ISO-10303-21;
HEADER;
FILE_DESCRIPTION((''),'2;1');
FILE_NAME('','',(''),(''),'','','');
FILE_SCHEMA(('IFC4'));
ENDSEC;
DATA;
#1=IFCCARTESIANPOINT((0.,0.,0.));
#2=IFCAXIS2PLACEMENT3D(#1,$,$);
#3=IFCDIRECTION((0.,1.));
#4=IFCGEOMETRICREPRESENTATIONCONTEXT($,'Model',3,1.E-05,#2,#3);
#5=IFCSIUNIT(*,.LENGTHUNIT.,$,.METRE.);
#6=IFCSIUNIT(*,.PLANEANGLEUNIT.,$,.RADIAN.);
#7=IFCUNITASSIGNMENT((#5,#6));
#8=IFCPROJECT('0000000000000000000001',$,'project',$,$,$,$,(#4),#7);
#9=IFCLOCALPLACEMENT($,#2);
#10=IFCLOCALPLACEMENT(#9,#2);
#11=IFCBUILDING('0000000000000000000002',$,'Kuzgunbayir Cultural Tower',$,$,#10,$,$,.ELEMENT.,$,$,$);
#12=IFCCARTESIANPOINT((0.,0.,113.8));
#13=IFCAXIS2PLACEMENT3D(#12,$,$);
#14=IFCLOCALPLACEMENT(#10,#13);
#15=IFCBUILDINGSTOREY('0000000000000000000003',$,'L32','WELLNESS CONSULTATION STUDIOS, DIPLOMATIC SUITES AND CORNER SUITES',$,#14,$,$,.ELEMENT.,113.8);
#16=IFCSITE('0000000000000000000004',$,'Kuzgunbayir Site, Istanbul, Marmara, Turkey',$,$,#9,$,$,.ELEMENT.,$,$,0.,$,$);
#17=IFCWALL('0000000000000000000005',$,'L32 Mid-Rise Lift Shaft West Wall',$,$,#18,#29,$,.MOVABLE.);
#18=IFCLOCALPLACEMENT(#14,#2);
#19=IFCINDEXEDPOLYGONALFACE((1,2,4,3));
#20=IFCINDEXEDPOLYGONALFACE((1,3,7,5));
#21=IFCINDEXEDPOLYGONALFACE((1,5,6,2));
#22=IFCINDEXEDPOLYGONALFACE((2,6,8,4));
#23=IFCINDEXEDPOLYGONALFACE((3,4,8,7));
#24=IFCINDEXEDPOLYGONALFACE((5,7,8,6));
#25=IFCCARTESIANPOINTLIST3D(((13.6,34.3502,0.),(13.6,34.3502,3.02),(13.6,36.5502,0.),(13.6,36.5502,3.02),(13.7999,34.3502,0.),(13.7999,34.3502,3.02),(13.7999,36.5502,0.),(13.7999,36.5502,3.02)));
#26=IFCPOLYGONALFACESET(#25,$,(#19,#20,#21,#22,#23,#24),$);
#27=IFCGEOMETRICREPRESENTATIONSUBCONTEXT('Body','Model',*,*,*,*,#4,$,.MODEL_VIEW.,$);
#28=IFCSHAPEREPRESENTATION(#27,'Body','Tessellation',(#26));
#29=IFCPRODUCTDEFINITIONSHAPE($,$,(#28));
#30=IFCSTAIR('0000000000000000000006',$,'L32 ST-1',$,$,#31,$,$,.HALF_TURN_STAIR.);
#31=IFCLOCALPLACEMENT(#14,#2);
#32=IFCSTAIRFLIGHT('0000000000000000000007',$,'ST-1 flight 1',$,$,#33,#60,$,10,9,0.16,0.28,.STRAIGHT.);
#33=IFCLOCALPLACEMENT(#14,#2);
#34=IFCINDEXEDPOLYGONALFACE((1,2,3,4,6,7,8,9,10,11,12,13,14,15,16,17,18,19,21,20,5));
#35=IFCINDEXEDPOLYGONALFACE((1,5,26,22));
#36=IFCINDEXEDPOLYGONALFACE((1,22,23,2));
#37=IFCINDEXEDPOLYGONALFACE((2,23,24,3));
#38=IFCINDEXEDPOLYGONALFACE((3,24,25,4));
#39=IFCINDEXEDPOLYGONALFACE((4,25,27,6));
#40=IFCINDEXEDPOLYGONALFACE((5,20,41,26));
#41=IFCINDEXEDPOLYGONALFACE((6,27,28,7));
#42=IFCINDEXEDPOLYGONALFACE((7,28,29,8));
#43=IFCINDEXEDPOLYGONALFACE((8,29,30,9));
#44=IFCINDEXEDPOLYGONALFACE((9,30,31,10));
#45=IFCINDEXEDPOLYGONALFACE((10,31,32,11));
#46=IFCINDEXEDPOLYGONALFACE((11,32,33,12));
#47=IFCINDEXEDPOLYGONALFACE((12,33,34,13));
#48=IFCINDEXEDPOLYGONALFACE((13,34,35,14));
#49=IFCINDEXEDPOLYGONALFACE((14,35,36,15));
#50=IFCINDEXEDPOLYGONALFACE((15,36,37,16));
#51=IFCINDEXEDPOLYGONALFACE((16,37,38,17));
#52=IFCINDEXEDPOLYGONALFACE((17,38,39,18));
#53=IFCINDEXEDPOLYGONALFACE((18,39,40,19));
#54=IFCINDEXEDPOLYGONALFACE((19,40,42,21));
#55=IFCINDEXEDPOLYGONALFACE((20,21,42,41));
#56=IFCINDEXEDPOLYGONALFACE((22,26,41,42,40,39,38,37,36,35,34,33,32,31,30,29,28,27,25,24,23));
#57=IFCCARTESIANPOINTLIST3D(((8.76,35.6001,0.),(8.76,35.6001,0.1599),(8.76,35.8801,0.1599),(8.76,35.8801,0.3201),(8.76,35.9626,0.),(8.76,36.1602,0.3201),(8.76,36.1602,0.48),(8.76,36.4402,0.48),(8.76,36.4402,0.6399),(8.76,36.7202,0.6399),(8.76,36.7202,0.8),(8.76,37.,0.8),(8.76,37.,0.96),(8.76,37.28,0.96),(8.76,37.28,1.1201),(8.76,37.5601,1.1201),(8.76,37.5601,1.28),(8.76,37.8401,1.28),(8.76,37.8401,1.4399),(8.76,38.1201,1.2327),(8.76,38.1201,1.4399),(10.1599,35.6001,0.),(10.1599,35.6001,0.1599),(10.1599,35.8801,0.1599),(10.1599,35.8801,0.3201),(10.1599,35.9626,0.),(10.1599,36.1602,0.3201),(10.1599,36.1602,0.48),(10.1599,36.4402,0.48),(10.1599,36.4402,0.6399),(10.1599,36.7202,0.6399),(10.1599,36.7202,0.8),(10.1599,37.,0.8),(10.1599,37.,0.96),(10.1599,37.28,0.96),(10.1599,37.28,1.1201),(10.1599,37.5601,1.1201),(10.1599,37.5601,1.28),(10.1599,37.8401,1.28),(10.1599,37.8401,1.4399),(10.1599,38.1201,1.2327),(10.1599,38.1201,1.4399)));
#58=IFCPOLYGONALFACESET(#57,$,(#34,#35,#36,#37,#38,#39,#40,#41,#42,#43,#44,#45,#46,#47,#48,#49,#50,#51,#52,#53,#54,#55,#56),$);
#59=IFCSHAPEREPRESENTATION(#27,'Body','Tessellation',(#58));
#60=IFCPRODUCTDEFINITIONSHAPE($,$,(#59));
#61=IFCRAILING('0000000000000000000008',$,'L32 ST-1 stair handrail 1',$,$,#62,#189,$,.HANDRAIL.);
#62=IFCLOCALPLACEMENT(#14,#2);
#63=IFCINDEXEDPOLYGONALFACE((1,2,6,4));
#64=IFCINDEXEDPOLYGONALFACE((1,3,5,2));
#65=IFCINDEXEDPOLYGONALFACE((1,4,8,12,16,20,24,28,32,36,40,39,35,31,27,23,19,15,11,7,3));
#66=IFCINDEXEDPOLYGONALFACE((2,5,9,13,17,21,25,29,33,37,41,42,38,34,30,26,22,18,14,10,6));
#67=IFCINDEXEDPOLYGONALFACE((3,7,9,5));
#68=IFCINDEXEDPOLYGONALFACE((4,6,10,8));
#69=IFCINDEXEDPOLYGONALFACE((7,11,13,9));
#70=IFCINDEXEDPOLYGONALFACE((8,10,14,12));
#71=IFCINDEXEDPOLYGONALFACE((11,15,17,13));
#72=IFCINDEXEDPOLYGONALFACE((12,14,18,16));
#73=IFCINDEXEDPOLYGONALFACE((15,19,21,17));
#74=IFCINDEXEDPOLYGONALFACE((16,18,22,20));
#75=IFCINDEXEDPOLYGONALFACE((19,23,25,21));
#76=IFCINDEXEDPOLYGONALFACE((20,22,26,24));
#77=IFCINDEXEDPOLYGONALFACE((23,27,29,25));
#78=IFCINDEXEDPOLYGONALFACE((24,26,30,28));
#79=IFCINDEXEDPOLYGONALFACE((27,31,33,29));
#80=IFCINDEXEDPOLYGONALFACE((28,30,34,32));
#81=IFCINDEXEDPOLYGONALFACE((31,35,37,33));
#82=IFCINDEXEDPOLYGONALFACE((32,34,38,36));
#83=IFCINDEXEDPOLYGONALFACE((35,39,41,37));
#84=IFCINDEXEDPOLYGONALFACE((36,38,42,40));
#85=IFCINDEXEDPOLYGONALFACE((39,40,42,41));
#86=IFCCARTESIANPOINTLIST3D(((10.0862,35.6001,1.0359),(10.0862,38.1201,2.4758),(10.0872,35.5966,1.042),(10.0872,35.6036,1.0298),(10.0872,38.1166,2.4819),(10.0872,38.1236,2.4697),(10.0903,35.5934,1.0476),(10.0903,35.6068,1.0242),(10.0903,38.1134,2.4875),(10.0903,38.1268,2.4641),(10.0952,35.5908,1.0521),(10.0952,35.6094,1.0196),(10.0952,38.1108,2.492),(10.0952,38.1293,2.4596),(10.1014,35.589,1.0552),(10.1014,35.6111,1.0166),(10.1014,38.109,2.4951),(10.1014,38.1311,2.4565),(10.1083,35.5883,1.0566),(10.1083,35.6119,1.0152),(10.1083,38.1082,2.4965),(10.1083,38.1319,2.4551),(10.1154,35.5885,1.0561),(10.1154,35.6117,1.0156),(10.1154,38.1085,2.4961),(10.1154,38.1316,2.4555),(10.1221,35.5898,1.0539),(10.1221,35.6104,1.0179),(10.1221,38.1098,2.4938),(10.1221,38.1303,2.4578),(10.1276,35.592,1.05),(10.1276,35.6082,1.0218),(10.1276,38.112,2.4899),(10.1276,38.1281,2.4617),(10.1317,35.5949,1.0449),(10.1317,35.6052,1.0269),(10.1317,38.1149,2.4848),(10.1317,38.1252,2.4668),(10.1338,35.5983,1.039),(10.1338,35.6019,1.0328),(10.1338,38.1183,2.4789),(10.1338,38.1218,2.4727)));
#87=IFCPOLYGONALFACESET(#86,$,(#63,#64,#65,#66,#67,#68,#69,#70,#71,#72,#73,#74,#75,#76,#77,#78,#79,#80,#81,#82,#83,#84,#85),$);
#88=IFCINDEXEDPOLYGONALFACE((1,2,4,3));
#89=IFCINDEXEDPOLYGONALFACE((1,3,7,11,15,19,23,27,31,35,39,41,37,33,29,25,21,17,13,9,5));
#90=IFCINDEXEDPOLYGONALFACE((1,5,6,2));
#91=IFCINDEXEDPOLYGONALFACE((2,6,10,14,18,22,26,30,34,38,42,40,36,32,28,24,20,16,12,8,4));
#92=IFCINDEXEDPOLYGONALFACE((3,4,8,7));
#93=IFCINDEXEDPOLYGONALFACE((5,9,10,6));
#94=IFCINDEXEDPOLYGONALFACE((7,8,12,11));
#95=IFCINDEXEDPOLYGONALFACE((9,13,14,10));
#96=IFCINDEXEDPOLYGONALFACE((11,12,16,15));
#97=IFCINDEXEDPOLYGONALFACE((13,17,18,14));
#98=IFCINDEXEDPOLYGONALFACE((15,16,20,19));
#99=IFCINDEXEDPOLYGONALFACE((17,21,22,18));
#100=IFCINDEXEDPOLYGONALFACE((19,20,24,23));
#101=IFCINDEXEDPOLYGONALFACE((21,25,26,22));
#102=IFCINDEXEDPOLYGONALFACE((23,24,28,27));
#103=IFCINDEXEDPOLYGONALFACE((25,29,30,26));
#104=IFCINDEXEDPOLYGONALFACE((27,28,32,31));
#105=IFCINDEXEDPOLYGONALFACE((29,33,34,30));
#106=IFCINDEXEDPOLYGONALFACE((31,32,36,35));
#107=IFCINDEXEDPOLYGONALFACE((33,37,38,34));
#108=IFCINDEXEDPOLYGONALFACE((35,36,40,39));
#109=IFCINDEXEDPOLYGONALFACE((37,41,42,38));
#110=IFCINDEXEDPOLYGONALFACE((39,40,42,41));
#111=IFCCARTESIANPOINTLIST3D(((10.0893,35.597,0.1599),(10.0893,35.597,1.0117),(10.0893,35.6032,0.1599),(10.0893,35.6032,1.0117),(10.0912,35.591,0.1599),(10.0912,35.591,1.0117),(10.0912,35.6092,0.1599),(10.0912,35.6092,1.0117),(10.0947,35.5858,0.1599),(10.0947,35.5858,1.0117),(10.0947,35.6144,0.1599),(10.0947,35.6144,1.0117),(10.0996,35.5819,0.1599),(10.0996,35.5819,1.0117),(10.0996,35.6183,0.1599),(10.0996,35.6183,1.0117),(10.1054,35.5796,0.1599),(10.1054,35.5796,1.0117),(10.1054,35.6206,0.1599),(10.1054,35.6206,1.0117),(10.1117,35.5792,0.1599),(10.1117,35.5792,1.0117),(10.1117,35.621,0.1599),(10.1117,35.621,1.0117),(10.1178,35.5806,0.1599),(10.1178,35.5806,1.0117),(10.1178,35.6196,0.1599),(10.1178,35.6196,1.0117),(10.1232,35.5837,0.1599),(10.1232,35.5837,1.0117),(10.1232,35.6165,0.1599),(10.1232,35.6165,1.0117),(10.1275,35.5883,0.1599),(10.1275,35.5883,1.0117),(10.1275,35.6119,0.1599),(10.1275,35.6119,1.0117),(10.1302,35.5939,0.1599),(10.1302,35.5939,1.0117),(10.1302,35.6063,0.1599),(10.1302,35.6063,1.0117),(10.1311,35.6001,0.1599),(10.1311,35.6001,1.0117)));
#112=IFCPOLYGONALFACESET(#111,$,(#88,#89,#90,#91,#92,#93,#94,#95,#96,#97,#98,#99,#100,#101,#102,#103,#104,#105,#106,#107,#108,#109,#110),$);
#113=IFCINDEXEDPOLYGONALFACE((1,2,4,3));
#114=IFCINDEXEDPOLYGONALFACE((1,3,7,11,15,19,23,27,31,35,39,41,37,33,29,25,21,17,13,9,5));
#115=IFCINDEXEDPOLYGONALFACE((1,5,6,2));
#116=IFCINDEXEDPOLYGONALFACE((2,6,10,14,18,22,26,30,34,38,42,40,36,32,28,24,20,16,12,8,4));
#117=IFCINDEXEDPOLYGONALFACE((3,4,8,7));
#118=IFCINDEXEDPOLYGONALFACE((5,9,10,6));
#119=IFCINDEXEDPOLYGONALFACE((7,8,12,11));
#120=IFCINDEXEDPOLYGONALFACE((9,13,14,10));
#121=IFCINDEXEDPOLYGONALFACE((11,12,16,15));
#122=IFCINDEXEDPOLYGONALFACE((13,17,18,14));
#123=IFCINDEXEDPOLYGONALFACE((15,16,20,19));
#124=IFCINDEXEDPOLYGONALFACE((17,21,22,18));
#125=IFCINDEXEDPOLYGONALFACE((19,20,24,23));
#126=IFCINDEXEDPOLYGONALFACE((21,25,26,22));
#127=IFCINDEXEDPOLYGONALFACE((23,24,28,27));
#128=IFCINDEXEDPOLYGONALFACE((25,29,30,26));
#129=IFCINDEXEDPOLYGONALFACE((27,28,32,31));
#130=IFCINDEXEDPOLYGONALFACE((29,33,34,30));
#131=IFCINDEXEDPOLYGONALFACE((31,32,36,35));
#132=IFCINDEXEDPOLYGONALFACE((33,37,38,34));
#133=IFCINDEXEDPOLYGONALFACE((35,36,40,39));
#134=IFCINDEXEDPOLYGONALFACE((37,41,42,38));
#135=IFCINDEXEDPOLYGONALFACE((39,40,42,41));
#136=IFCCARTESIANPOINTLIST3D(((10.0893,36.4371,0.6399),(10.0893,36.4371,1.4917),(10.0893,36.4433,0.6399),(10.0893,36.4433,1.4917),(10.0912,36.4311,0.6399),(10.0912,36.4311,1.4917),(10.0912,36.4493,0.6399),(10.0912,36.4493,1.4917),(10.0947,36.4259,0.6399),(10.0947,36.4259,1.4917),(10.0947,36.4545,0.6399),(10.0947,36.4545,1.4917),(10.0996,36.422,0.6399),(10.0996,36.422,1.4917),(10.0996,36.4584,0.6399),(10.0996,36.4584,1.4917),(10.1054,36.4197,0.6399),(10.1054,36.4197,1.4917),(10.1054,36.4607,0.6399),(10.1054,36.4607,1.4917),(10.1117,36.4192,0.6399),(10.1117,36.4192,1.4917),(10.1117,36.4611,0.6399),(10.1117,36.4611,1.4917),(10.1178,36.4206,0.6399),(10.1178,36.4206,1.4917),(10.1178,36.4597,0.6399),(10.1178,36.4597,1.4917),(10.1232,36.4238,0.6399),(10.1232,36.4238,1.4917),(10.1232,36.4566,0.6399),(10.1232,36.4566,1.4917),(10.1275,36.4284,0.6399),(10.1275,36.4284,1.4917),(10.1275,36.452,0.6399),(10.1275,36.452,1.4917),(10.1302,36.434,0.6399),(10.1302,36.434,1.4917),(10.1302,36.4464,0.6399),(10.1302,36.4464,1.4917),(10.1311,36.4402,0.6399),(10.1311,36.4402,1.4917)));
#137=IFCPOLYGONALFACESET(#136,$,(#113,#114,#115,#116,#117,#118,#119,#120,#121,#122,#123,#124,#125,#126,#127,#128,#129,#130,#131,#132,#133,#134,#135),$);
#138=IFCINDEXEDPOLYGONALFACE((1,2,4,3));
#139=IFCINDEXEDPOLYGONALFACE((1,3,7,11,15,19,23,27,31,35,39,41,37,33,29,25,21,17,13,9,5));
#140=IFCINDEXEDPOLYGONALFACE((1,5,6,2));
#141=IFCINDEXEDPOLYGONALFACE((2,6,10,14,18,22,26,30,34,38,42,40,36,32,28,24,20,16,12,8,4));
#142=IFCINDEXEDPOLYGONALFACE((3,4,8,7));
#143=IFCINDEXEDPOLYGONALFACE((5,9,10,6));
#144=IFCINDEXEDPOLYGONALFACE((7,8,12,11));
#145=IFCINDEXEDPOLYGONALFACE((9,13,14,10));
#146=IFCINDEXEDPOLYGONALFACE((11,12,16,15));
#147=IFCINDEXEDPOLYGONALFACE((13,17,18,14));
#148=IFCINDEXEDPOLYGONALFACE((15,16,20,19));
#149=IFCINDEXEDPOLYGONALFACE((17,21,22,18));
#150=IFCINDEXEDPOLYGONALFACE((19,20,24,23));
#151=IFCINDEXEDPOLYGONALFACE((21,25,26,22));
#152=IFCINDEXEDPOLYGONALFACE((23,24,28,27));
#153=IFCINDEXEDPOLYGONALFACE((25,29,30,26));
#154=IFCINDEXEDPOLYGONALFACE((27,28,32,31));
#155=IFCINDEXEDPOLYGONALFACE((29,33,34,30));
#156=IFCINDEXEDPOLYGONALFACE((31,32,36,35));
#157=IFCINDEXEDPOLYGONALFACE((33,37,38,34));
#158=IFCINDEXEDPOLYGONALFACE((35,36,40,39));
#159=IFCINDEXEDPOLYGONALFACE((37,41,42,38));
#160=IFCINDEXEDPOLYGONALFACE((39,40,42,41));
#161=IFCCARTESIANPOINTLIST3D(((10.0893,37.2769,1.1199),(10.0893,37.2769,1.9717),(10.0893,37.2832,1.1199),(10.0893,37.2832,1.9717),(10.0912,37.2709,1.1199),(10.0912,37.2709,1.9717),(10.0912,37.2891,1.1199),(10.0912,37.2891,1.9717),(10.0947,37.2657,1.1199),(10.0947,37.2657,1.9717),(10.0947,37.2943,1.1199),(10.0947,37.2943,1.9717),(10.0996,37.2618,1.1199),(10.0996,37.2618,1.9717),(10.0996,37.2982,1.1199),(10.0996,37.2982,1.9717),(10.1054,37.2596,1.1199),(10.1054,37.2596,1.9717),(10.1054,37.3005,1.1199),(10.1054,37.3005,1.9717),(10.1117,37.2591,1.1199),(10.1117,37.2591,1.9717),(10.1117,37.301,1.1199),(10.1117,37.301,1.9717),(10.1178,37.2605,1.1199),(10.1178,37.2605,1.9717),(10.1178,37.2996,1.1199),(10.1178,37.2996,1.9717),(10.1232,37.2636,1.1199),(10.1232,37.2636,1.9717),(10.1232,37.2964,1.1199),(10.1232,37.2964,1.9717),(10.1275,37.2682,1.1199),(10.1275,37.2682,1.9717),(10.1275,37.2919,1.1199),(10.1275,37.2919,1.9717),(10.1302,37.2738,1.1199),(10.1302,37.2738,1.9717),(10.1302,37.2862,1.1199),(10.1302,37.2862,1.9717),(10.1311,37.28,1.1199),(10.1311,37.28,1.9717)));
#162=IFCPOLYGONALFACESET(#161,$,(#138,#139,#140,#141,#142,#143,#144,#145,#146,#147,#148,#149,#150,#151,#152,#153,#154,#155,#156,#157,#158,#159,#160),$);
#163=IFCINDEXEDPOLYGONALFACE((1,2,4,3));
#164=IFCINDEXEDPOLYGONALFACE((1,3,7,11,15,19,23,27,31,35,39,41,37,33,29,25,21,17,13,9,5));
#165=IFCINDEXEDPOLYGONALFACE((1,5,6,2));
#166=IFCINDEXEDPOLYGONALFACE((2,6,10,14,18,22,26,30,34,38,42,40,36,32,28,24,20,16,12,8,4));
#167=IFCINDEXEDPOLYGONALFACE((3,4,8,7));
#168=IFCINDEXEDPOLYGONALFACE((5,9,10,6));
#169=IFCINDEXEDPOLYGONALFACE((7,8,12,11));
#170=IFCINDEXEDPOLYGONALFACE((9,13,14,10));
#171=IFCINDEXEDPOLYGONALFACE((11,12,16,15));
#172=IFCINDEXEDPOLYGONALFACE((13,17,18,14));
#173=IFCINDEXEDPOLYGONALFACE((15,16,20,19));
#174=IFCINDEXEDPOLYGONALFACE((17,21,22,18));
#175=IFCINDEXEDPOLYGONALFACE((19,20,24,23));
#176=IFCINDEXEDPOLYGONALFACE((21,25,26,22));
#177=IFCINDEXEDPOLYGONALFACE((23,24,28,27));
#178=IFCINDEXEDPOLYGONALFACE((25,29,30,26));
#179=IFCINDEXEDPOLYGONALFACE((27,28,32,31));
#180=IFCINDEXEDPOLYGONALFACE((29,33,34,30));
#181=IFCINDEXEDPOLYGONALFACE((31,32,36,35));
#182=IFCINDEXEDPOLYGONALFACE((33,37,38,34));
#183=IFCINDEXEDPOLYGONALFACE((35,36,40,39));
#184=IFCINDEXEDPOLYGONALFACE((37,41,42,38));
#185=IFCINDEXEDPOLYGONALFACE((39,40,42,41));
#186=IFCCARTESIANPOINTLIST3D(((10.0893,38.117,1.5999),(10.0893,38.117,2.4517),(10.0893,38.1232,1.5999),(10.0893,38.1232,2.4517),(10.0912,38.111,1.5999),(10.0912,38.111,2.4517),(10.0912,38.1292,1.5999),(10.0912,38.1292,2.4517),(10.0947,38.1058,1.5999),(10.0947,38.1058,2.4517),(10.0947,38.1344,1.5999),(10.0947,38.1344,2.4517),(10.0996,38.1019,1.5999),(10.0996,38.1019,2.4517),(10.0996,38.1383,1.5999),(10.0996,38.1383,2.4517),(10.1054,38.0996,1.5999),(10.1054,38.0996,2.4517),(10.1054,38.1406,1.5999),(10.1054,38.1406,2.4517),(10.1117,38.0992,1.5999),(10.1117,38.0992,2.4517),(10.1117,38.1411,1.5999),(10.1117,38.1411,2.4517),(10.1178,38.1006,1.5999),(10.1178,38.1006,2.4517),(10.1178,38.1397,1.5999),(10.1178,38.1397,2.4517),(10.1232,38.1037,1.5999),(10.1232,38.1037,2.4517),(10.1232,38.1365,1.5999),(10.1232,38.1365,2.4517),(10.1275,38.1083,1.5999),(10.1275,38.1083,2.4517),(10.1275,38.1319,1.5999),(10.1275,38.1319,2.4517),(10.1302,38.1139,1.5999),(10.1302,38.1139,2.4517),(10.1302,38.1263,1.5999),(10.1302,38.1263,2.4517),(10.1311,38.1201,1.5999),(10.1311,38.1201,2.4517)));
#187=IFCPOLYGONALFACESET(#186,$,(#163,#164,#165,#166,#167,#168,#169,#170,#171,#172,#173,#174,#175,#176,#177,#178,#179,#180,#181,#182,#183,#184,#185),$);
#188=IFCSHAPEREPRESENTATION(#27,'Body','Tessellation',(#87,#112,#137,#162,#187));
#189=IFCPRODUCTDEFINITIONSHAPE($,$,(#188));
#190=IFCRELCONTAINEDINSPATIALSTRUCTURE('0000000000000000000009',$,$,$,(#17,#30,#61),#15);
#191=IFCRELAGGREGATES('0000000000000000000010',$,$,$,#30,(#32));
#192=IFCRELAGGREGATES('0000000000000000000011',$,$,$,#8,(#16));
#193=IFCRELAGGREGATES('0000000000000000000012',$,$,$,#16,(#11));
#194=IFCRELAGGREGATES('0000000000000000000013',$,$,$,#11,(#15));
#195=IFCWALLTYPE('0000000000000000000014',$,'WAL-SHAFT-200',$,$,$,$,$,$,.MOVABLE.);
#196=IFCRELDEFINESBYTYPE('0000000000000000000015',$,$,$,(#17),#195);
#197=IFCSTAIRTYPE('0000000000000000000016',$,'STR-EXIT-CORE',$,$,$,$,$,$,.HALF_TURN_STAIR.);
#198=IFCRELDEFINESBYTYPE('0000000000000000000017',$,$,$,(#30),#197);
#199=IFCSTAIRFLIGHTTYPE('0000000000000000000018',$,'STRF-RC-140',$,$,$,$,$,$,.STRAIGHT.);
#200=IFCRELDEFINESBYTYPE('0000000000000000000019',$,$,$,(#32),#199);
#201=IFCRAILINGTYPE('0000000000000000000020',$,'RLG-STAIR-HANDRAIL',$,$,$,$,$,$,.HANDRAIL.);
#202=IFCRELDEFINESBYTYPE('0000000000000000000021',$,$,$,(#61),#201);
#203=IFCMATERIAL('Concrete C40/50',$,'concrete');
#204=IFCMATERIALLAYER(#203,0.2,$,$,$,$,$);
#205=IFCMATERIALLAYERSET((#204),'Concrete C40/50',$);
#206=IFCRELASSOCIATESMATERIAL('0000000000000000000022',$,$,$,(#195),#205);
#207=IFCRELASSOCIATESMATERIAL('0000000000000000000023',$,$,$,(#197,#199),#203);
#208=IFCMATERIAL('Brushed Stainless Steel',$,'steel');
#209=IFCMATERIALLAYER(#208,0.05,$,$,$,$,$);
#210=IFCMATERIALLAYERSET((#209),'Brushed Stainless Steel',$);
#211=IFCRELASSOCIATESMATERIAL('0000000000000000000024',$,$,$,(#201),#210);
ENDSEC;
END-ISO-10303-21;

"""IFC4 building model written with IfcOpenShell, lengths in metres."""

from ifc_helpers import new_model, si_unit, direction, frame, frame_2d, origin, origin_2d, place, context, subcontext, project, spatial, polyline, rectangle, circle, outline, extrude, material, layer, layer_set, type_object, element, aggregate, save


model = new_model("IFC4")

# Units and contexts
model_context = context("Model", 3, precision=1e-05, world=origin(), true_north=direction((0.0, 1.0)))
body_context = subcontext(model_context, "Body", "Model", "MODEL_VIEW")
ifc_project = project(units=[si_unit("LENGTHUNIT", "METRE"), si_unit("PLANEANGLEUNIT", "RADIAN")], contexts=[model_context])

# Site, building, storey
site_placement = place(None, origin())
site = spatial("IfcSite", under=ifc_project, at=site_placement, Name="Kuzgunbayir Site, Istanbul, Marmara, Turkey", CompositionType="ELEMENT", RefElevation=0.0)
building_placement = place(site_placement, origin())
building = spatial("IfcBuilding", under=site, at=building_placement, Name="Kuzgunbayir Cultural Tower", CompositionType="ELEMENT")
storey_placement = place(building_placement, frame((0.0, 0.0, 113.8)))
storey = spatial("IfcBuildingStorey", under=building, at=storey_placement, Name="L32", Description="WELLNESS CONSULTATION STUDIOS, DIPLOMATIC SUITES AND CORNER SUITES", CompositionType="ELEMENT", Elevation=113.8)

# Shared definitions
ifc_material_1 = material(Name="Concrete C40/50", Category="concrete")
ifc_layer_1 = layer(ifc_material_1, 0.2)
ifc_layer_set_1 = layer_set([ifc_layer_1], Name="Concrete C40/50")
wall_type_1 = type_object("IfcWallType", Name="WAL-SHAFT-200", PredefinedType="MOVABLE", material=ifc_layer_set_1)
ifc_material_2 = material(Name="Brushed Stainless Steel", Category="steel")

# Wall
wall_1_placement = place(storey_placement, frame((13.7, 34.3501, 0.0), z_axis=(0.0, 0.0, 1.0), x_axis=(0.0, 1.0, 0.0)))
element("IfcWall", 1, at=wall_1_placement, inside=storey, type_object=wall_type_1, Name="L32 Mid-Rise Lift Shaft West Wall", PredefinedType="MOVABLE", context=body_context, shape_type="SweptSolid", body=[
    extrude(rectangle(XDim=2.2, YDim=0.2, at=frame_2d((1.1001, 0.0))), origin(), (0.0, 0.0, 1.0), 3.02),
])

# Stair, stair flight
stair_type = type_object("IfcStairType", Name="STR-EXIT-CORE", PredefinedType="HALF_TURN_STAIR", material=ifc_material_1)
stair_placement = place(storey_placement, origin())
stair = element("IfcStair", 2, at=stair_placement, inside=storey, type_object=stair_type, Name="L32 ST-1", PredefinedType="HALF_TURN_STAIR")
stair_flight_type = type_object("IfcStairFlightType", Name="STRF-RC-140", PredefinedType="STRAIGHT", material=ifc_material_1)
stair_flight_placement = place(storey_placement, frame((9.46, 35.6001, 0.0), z_axis=(0.0, 0.0, 1.0), x_axis=(0.0, 1.0, 0.0)))
stair_flight = element("IfcStairFlight", 3, at=stair_flight_placement, type_object=stair_flight_type, Name="ST-1 flight 1", NumberOfRisers=10, NumberOfTreads=9, PredefinedType="STRAIGHT", RiserHeight=0.16, TreadLength=0.28, context=body_context, shape_type="SweptSolid", body=[
    extrude(outline(polyline([(0.0, 0.0), (0.0, 0.1599), (0.28, 0.1599), (0.28, 0.3201), (0.5601, 0.3201), (0.5601, 0.48), (0.8401, 0.48), (0.8401, 0.6399), (1.1201, 0.6399), (1.1201, 0.8), (1.3999, 0.8), (1.3999, 0.96), (1.6799, 0.96), (1.6799, 1.1201), (1.96, 1.1201), (1.96, 1.28), (2.24, 1.28), (2.24, 1.4399), (2.52, 1.4399), (2.52, 1.6001), (2.52, 1.2327), (0.3625, 0.0), (0.0, 0.0)])), frame((0.0, 0.7, 0.0), z_axis=(0.0, -1.0, 0.0), x_axis=(1.0, 0.0, 0.0)), (0.0, 0.0, 1.0), 1.3999),
])
aggregate(stair, [stair_flight])

# Railing
ifc_layer_2 = layer(ifc_material_2, 0.05)
ifc_layer_set_2 = layer_set([ifc_layer_2], Name="Brushed Stainless Steel")
railing_type_1 = type_object("IfcRailingType", Name="RLG-STAIR-HANDRAIL", PredefinedType="HANDRAIL", material=ifc_layer_set_2)
railing_1_placement = place(storey_placement, frame((10.1101, 35.6001, 0.1599)))
element("IfcRailing", 4, at=railing_1_placement, inside=storey, type_object=railing_type_1, Name="L32 ST-1 stair handrail 1", PredefinedType="HANDRAIL", context=body_context, shape_type="SweptSolid", body=[
    extrude(circle(Radius=0.0239, at=origin_2d()), frame((0.0, 0.0, 0.876), z_axis=(0.0, 0.868253, 0.496121), x_axis=(-1.0, 0.0, 0.0)), (0.0, 0.0, 1.0), 2.9023),
    extrude(circle(Radius=0.021, at=origin_2d()), origin(), (0.0, 0.0, 1.0), 0.8518),
    extrude(circle(Radius=0.021, at=origin_2d()), frame((0.0, 0.8401, 0.48)), (0.0, 0.0, 1.0), 0.8518),
    extrude(circle(Radius=0.021, at=origin_2d()), frame((0.0, 1.6799, 0.96)), (0.0, 0.0, 1.0), 0.8518),
    extrude(circle(Radius=0.021, at=origin_2d()), frame((0.0, 2.52, 1.4399)), (0.0, 0.0, 1.0), 0.8518),
])

save(model, "model.ifc")
